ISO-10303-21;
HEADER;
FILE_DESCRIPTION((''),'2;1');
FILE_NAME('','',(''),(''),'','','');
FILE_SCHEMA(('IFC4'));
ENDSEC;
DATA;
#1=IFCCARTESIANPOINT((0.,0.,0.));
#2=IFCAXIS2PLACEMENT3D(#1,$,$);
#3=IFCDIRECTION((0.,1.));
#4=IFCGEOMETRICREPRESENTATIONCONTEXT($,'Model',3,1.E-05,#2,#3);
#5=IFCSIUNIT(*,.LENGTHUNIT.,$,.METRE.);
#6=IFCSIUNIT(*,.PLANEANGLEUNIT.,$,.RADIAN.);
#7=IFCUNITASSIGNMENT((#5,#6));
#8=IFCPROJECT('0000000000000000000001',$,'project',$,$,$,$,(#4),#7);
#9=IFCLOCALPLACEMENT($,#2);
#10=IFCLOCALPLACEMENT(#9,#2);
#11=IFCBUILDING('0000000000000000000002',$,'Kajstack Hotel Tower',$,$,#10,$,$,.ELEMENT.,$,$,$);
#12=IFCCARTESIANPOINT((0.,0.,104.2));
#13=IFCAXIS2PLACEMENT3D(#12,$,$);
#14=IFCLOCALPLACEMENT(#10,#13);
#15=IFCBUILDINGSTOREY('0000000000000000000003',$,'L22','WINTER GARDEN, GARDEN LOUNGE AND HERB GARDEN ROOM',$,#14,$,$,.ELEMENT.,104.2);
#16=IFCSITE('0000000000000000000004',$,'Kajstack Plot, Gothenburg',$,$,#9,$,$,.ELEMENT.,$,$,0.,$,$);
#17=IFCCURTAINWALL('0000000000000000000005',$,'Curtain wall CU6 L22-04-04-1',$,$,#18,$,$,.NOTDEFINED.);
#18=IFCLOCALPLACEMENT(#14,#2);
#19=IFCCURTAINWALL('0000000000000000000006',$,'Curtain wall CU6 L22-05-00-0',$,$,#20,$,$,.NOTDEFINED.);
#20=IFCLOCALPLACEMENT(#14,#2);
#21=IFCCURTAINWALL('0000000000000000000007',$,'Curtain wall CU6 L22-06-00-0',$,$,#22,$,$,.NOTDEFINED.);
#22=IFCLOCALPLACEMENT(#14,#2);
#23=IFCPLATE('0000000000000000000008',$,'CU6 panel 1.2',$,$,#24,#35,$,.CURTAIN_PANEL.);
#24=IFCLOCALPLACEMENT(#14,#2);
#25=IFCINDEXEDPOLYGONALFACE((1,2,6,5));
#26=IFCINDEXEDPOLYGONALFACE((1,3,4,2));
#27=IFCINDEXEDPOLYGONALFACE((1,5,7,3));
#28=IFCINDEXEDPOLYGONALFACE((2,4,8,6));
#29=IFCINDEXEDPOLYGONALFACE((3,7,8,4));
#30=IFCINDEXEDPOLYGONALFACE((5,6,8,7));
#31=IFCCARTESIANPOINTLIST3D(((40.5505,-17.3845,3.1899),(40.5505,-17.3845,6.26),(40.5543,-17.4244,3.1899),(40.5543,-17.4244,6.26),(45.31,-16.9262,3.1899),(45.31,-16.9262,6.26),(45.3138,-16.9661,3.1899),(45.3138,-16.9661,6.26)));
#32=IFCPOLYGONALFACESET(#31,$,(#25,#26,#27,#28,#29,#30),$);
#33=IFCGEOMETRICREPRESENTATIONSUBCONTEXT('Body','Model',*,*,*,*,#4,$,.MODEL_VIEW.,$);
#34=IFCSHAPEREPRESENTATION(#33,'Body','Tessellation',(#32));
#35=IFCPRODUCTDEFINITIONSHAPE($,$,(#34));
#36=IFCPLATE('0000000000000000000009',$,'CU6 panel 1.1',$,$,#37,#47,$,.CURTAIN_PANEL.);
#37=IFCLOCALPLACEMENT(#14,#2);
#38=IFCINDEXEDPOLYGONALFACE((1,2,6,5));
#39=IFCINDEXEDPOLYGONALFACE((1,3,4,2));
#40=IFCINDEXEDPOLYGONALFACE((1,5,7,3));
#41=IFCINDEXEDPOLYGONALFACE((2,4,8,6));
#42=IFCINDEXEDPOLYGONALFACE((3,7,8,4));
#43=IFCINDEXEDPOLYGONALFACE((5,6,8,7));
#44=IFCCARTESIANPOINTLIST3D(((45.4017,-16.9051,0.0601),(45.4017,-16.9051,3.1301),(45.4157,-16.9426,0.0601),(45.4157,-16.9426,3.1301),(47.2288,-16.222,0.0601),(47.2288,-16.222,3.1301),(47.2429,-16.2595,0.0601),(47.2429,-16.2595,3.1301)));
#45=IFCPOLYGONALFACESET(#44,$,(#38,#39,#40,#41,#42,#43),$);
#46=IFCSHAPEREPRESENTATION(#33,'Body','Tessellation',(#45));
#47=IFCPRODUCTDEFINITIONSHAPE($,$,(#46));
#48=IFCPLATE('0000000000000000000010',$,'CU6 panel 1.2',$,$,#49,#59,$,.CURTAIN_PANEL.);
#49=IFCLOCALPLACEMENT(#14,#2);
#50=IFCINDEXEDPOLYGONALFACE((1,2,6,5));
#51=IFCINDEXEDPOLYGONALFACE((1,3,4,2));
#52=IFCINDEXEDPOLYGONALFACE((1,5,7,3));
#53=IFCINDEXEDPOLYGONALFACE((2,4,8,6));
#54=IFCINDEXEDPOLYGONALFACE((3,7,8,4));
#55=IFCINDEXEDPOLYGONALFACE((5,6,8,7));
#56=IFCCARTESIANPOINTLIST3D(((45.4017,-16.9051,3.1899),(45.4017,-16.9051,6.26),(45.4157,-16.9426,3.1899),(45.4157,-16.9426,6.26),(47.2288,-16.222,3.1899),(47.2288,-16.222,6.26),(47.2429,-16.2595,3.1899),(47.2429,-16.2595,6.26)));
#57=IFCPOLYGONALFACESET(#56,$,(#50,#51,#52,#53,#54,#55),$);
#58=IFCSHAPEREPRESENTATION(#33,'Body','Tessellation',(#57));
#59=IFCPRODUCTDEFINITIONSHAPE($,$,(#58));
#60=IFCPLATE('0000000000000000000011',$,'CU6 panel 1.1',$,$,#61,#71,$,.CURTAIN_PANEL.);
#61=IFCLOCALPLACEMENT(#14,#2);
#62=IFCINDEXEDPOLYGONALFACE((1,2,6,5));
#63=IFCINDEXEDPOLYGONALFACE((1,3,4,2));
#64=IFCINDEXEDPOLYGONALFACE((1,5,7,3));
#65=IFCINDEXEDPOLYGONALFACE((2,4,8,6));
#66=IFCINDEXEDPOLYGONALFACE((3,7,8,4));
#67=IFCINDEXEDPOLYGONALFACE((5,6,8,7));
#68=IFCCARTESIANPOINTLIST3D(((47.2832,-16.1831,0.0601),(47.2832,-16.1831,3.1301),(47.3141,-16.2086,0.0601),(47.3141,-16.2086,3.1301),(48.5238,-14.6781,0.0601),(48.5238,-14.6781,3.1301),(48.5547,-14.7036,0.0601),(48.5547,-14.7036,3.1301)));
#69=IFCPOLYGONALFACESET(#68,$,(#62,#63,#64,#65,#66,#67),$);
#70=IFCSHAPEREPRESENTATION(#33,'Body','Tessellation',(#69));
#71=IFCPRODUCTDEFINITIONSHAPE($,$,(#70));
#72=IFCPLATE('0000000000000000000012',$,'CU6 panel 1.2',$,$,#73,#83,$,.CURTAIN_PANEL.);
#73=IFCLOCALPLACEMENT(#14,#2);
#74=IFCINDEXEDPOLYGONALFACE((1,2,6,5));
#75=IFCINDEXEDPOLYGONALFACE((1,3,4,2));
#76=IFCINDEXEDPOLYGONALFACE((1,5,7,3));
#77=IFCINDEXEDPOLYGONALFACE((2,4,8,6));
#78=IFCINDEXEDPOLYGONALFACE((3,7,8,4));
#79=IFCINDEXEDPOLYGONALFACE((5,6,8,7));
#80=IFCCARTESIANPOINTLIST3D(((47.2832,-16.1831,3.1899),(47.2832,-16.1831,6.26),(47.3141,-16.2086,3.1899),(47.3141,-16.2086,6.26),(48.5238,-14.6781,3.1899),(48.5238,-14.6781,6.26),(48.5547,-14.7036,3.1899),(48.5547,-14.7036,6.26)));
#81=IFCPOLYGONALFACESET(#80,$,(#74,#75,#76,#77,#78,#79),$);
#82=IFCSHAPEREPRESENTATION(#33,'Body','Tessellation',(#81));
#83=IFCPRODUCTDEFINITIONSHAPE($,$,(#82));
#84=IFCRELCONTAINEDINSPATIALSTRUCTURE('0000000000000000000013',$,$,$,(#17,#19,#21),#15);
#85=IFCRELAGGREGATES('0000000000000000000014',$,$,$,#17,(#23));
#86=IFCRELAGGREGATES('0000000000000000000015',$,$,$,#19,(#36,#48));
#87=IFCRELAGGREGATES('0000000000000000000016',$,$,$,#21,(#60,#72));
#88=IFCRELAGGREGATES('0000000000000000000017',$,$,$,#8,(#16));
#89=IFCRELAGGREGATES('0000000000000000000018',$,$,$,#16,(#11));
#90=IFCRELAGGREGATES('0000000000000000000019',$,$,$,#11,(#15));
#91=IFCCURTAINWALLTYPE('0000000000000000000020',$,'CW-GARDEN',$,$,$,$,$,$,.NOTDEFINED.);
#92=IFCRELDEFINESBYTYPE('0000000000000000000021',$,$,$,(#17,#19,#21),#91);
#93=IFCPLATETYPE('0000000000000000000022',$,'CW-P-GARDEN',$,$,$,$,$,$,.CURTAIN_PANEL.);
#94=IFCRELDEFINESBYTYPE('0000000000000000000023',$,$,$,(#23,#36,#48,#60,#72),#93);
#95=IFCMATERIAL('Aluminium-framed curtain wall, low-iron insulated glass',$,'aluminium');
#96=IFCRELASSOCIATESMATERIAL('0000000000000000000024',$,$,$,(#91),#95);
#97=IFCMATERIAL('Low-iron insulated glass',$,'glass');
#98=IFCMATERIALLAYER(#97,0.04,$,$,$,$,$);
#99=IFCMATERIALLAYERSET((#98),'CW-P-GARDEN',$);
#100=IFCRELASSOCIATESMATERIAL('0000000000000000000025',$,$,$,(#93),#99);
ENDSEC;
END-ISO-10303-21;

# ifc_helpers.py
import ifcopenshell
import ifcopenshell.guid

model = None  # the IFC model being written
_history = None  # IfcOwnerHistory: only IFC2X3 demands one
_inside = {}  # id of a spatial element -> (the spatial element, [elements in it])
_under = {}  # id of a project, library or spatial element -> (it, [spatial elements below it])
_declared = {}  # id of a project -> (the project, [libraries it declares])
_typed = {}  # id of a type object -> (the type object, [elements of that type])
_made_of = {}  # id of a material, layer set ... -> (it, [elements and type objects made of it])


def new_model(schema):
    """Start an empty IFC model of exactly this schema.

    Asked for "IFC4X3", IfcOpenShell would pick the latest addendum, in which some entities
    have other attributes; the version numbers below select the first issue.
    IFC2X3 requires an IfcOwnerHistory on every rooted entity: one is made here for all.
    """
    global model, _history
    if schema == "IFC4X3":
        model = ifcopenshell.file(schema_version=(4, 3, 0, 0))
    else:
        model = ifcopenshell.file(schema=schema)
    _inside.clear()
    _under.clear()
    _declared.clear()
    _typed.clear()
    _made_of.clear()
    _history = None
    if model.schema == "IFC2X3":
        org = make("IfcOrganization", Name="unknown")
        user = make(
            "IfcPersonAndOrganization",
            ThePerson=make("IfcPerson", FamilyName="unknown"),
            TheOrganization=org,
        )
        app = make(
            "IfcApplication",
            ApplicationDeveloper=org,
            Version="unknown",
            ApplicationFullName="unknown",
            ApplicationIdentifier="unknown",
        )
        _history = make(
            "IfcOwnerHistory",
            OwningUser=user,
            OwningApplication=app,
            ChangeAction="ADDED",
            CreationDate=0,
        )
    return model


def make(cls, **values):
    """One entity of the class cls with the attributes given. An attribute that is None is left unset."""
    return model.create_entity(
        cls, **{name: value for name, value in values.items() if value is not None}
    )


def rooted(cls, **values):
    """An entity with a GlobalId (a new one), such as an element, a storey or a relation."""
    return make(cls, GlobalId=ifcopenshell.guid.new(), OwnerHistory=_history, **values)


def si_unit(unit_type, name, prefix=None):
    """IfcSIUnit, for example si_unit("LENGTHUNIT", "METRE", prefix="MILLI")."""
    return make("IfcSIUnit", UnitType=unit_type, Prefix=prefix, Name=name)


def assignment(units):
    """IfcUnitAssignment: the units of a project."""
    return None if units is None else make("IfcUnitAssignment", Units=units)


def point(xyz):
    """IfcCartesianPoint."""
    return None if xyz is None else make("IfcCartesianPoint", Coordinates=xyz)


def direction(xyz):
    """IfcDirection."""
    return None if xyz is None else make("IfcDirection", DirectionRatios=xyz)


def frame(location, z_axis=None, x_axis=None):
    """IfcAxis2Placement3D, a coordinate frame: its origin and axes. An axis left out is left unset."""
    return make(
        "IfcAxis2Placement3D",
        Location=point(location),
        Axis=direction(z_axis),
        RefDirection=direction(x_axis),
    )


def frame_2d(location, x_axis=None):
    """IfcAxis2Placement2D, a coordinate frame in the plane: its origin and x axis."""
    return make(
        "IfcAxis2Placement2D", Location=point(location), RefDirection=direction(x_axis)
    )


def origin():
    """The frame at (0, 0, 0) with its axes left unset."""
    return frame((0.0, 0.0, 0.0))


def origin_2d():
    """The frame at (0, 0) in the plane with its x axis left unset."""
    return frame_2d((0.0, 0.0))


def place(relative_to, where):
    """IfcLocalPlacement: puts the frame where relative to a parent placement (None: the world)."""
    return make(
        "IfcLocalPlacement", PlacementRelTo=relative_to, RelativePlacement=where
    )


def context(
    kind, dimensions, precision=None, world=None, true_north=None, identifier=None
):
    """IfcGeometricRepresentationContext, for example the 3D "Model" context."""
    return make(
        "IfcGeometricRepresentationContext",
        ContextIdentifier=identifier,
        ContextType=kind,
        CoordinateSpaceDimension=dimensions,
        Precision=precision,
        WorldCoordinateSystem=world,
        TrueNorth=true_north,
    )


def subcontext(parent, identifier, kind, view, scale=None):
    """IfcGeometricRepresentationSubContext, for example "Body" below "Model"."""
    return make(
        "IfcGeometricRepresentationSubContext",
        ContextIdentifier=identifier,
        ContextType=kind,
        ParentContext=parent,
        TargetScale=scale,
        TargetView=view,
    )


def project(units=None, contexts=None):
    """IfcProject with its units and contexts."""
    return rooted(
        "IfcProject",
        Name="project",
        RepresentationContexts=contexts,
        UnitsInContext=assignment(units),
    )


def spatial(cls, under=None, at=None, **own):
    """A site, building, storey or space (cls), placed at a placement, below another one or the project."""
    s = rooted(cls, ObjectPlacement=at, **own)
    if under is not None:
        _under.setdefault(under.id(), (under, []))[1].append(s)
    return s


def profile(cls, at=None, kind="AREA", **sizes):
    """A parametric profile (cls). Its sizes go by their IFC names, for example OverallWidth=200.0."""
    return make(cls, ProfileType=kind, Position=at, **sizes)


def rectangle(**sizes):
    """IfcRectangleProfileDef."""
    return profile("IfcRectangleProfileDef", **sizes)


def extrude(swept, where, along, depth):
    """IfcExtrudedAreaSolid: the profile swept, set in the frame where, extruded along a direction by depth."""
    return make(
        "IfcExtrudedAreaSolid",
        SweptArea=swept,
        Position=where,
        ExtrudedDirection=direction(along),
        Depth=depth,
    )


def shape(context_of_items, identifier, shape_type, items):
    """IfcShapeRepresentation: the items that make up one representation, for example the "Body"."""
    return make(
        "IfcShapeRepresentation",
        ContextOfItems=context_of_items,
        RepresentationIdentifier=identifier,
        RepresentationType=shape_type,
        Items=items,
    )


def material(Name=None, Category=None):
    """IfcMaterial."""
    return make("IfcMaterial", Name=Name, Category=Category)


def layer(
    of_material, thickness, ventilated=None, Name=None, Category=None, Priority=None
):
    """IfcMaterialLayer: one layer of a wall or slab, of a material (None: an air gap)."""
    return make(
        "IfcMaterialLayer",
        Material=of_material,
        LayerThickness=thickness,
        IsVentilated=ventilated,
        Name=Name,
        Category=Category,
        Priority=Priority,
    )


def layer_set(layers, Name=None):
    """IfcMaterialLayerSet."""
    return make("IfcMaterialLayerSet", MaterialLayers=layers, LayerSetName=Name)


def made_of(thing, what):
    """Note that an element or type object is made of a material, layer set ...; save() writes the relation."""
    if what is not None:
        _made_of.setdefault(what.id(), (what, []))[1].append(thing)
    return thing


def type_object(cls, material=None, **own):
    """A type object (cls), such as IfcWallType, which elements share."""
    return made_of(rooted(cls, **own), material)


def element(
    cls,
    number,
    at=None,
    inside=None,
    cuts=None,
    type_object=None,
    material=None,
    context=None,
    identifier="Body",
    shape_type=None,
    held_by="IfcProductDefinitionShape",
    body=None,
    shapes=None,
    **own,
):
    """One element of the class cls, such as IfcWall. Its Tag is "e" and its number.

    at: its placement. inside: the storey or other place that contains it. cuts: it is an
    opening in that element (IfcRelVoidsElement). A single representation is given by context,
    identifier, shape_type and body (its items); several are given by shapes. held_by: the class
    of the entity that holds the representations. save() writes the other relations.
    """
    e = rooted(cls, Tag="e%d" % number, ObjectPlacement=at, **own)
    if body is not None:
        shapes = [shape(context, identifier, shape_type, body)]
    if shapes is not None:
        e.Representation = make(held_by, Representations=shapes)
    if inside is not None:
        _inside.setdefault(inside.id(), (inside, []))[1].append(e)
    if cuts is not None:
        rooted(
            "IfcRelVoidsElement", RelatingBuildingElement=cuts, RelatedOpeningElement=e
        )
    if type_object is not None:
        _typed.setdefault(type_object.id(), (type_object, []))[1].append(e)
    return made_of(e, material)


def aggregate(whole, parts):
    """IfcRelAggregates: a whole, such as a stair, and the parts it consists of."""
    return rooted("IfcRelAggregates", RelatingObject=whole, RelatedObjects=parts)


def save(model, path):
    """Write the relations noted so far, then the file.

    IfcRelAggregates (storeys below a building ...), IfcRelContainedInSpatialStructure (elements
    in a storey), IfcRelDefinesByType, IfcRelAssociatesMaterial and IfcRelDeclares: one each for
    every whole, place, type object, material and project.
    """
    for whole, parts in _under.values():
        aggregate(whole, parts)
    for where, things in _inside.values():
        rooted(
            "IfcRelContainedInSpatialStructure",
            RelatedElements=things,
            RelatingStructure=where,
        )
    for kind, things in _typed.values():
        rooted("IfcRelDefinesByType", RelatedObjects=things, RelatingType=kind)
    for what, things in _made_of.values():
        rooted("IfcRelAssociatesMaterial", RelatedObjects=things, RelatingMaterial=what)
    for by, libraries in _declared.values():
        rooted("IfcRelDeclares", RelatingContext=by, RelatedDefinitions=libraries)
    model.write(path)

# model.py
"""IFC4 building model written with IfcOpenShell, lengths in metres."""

from ifc_helpers import new_model, si_unit, direction, frame, origin, origin_2d, place, context, subcontext, project, spatial, rectangle, extrude, material, layer, layer_set, type_object, element, aggregate, save


model = new_model("IFC4")

# Units and contexts
model_context = context("Model", 3, precision=1e-05, world=origin(), true_north=direction((0.0, 1.0)))
body_context = subcontext(model_context, "Body", "Model", "MODEL_VIEW")
ifc_project = project(units=[si_unit("LENGTHUNIT", "METRE"), si_unit("PLANEANGLEUNIT", "RADIAN")], contexts=[model_context])

# Site, building, storey
site_placement = place(None, origin())
site = spatial("IfcSite", under=ifc_project, at=site_placement, Name="Kajstack Plot, Gothenburg", CompositionType="ELEMENT", RefElevation=0.0)
building_placement = place(site_placement, origin())
building = spatial("IfcBuilding", under=site, at=building_placement, Name="Kajstack Hotel Tower", CompositionType="ELEMENT")
storey_placement = place(building_placement, frame((0.0, 0.0, 104.2)))
storey = spatial("IfcBuildingStorey", under=building, at=storey_placement, Name="L22", Description="WINTER GARDEN, GARDEN LOUNGE AND HERB GARDEN ROOM", CompositionType="ELEMENT", Elevation=104.2)

# Curtain walls
ifc_material_1 = material(Name="Aluminium-framed curtain wall, low-iron insulated glass", Category="aluminium")
curtain_wall_type = type_object("IfcCurtainWallType", Name="CW-GARDEN", PredefinedType="NOTDEFINED", material=ifc_material_1)
curtain_wall_1_placement = place(storey_placement, origin())
curtain_wall_1 = element("IfcCurtainWall", 1, at=curtain_wall_1_placement, inside=storey, type_object=curtain_wall_type, Name="Curtain wall CU6 L22-04-04-1", PredefinedType="NOTDEFINED")
curtain_wall_2_placement = place(storey_placement, origin())
curtain_wall_2 = element("IfcCurtainWall", 2, at=curtain_wall_2_placement, inside=storey, type_object=curtain_wall_type, Name="Curtain wall CU6 L22-05-00-0", PredefinedType="NOTDEFINED")

# Curtain wall
curtain_wall_3_placement = place(storey_placement, origin())
curtain_wall_3 = element("IfcCurtainWall", 3, at=curtain_wall_3_placement, inside=storey, type_object=curtain_wall_type, Name="Curtain wall CU6 L22-06-00-0", PredefinedType="NOTDEFINED")

# Plates
ifc_material_2 = material(Name="Low-iron insulated glass", Category="glass")
ifc_layer = layer(ifc_material_2, 0.04)
ifc_layer_set = layer_set([ifc_layer], Name="CW-P-GARDEN")
plate_type = type_object("IfcPlateType", Name="CW-P-GARDEN", PredefinedType="CURTAIN_PANEL", material=ifc_layer_set)
plate_1_placement = place(storey_placement, frame((42.9321, -17.1753, 3.1899), z_axis=(0.0, 0.0, 1.0), x_axis=(0.995396, 0.095846, 0.0)))
plate_1 = element("IfcPlate", 4, at=plate_1_placement, type_object=plate_type, Name="CU6 panel 1.2", PredefinedType="CURTAIN_PANEL", context=body_context, shape_type="SweptSolid", body=[
    extrude(rectangle(XDim=4.7815, YDim=0.04, at=origin_2d()), origin(), (0.0, 0.0, 1.0), 3.0701),
])
aggregate(curtain_wall_1, [plate_1])
plate_2_placement = place(storey_placement, frame((46.3223, -16.5823, 0.0601), z_axis=(0.0, 0.0, 1.0), x_axis=(0.93668, 0.350186, 0.0)))
plate_2 = element("IfcPlate", 5, at=plate_2_placement, type_object=plate_type, Name="CU6 panel 1.1", PredefinedType="CURTAIN_PANEL", context=body_context, shape_type="SweptSolid", body=[
    extrude(rectangle(XDim=1.9507, YDim=0.04, at=origin_2d()), origin(), (0.0, 0.0, 1.0), 3.0701),
])
plate_3_placement = place(storey_placement, frame((46.3223, -16.5823, 3.1899), z_axis=(0.0, 0.0, 1.0), x_axis=(0.93668, 0.350186, 0.0)))
plate_3 = element("IfcPlate", 6, at=plate_3_placement, type_object=plate_type, Name="CU6 panel 1.2", PredefinedType="CURTAIN_PANEL", context=body_context, shape_type="SweptSolid", body=[
    extrude(rectangle(XDim=1.9507, YDim=0.04, at=origin_2d()), origin(), (0.0, 0.0, 1.0), 3.0701),
])
aggregate(curtain_wall_2, [plate_2, plate_3])
plate_4_placement = place(storey_placement, frame((47.9189, -15.4434, 0.0601), z_axis=(0.0, 0.0, 1.0), x_axis=(0.636066, 0.771635, 0.0)))
plate_4 = element("IfcPlate", 7, at=plate_4_placement, type_object=plate_type, Name="CU6 panel 1.1", PredefinedType="CURTAIN_PANEL", context=body_context, shape_type="SweptSolid", body=[
    extrude(rectangle(XDim=1.9504, YDim=0.04, at=origin_2d()), origin(), (0.0, 0.0, 1.0), 3.0701),
])
plate_5_placement = place(storey_placement, frame((47.9189, -15.4434, 3.1899), z_axis=(0.0, 0.0, 1.0), x_axis=(0.636066, 0.771635, 0.0)))
plate_5 = element("IfcPlate", 8, at=plate_5_placement, type_object=plate_type, Name="CU6 panel 1.2", PredefinedType="CURTAIN_PANEL", context=body_context, shape_type="SweptSolid", body=[
    extrude(rectangle(XDim=1.9504, YDim=0.04, at=origin_2d()), origin(), (0.0, 0.0, 1.0), 3.0701),
])
aggregate(curtain_wall_3, [plate_4, plate_5])

save(model, "model.ifc")
